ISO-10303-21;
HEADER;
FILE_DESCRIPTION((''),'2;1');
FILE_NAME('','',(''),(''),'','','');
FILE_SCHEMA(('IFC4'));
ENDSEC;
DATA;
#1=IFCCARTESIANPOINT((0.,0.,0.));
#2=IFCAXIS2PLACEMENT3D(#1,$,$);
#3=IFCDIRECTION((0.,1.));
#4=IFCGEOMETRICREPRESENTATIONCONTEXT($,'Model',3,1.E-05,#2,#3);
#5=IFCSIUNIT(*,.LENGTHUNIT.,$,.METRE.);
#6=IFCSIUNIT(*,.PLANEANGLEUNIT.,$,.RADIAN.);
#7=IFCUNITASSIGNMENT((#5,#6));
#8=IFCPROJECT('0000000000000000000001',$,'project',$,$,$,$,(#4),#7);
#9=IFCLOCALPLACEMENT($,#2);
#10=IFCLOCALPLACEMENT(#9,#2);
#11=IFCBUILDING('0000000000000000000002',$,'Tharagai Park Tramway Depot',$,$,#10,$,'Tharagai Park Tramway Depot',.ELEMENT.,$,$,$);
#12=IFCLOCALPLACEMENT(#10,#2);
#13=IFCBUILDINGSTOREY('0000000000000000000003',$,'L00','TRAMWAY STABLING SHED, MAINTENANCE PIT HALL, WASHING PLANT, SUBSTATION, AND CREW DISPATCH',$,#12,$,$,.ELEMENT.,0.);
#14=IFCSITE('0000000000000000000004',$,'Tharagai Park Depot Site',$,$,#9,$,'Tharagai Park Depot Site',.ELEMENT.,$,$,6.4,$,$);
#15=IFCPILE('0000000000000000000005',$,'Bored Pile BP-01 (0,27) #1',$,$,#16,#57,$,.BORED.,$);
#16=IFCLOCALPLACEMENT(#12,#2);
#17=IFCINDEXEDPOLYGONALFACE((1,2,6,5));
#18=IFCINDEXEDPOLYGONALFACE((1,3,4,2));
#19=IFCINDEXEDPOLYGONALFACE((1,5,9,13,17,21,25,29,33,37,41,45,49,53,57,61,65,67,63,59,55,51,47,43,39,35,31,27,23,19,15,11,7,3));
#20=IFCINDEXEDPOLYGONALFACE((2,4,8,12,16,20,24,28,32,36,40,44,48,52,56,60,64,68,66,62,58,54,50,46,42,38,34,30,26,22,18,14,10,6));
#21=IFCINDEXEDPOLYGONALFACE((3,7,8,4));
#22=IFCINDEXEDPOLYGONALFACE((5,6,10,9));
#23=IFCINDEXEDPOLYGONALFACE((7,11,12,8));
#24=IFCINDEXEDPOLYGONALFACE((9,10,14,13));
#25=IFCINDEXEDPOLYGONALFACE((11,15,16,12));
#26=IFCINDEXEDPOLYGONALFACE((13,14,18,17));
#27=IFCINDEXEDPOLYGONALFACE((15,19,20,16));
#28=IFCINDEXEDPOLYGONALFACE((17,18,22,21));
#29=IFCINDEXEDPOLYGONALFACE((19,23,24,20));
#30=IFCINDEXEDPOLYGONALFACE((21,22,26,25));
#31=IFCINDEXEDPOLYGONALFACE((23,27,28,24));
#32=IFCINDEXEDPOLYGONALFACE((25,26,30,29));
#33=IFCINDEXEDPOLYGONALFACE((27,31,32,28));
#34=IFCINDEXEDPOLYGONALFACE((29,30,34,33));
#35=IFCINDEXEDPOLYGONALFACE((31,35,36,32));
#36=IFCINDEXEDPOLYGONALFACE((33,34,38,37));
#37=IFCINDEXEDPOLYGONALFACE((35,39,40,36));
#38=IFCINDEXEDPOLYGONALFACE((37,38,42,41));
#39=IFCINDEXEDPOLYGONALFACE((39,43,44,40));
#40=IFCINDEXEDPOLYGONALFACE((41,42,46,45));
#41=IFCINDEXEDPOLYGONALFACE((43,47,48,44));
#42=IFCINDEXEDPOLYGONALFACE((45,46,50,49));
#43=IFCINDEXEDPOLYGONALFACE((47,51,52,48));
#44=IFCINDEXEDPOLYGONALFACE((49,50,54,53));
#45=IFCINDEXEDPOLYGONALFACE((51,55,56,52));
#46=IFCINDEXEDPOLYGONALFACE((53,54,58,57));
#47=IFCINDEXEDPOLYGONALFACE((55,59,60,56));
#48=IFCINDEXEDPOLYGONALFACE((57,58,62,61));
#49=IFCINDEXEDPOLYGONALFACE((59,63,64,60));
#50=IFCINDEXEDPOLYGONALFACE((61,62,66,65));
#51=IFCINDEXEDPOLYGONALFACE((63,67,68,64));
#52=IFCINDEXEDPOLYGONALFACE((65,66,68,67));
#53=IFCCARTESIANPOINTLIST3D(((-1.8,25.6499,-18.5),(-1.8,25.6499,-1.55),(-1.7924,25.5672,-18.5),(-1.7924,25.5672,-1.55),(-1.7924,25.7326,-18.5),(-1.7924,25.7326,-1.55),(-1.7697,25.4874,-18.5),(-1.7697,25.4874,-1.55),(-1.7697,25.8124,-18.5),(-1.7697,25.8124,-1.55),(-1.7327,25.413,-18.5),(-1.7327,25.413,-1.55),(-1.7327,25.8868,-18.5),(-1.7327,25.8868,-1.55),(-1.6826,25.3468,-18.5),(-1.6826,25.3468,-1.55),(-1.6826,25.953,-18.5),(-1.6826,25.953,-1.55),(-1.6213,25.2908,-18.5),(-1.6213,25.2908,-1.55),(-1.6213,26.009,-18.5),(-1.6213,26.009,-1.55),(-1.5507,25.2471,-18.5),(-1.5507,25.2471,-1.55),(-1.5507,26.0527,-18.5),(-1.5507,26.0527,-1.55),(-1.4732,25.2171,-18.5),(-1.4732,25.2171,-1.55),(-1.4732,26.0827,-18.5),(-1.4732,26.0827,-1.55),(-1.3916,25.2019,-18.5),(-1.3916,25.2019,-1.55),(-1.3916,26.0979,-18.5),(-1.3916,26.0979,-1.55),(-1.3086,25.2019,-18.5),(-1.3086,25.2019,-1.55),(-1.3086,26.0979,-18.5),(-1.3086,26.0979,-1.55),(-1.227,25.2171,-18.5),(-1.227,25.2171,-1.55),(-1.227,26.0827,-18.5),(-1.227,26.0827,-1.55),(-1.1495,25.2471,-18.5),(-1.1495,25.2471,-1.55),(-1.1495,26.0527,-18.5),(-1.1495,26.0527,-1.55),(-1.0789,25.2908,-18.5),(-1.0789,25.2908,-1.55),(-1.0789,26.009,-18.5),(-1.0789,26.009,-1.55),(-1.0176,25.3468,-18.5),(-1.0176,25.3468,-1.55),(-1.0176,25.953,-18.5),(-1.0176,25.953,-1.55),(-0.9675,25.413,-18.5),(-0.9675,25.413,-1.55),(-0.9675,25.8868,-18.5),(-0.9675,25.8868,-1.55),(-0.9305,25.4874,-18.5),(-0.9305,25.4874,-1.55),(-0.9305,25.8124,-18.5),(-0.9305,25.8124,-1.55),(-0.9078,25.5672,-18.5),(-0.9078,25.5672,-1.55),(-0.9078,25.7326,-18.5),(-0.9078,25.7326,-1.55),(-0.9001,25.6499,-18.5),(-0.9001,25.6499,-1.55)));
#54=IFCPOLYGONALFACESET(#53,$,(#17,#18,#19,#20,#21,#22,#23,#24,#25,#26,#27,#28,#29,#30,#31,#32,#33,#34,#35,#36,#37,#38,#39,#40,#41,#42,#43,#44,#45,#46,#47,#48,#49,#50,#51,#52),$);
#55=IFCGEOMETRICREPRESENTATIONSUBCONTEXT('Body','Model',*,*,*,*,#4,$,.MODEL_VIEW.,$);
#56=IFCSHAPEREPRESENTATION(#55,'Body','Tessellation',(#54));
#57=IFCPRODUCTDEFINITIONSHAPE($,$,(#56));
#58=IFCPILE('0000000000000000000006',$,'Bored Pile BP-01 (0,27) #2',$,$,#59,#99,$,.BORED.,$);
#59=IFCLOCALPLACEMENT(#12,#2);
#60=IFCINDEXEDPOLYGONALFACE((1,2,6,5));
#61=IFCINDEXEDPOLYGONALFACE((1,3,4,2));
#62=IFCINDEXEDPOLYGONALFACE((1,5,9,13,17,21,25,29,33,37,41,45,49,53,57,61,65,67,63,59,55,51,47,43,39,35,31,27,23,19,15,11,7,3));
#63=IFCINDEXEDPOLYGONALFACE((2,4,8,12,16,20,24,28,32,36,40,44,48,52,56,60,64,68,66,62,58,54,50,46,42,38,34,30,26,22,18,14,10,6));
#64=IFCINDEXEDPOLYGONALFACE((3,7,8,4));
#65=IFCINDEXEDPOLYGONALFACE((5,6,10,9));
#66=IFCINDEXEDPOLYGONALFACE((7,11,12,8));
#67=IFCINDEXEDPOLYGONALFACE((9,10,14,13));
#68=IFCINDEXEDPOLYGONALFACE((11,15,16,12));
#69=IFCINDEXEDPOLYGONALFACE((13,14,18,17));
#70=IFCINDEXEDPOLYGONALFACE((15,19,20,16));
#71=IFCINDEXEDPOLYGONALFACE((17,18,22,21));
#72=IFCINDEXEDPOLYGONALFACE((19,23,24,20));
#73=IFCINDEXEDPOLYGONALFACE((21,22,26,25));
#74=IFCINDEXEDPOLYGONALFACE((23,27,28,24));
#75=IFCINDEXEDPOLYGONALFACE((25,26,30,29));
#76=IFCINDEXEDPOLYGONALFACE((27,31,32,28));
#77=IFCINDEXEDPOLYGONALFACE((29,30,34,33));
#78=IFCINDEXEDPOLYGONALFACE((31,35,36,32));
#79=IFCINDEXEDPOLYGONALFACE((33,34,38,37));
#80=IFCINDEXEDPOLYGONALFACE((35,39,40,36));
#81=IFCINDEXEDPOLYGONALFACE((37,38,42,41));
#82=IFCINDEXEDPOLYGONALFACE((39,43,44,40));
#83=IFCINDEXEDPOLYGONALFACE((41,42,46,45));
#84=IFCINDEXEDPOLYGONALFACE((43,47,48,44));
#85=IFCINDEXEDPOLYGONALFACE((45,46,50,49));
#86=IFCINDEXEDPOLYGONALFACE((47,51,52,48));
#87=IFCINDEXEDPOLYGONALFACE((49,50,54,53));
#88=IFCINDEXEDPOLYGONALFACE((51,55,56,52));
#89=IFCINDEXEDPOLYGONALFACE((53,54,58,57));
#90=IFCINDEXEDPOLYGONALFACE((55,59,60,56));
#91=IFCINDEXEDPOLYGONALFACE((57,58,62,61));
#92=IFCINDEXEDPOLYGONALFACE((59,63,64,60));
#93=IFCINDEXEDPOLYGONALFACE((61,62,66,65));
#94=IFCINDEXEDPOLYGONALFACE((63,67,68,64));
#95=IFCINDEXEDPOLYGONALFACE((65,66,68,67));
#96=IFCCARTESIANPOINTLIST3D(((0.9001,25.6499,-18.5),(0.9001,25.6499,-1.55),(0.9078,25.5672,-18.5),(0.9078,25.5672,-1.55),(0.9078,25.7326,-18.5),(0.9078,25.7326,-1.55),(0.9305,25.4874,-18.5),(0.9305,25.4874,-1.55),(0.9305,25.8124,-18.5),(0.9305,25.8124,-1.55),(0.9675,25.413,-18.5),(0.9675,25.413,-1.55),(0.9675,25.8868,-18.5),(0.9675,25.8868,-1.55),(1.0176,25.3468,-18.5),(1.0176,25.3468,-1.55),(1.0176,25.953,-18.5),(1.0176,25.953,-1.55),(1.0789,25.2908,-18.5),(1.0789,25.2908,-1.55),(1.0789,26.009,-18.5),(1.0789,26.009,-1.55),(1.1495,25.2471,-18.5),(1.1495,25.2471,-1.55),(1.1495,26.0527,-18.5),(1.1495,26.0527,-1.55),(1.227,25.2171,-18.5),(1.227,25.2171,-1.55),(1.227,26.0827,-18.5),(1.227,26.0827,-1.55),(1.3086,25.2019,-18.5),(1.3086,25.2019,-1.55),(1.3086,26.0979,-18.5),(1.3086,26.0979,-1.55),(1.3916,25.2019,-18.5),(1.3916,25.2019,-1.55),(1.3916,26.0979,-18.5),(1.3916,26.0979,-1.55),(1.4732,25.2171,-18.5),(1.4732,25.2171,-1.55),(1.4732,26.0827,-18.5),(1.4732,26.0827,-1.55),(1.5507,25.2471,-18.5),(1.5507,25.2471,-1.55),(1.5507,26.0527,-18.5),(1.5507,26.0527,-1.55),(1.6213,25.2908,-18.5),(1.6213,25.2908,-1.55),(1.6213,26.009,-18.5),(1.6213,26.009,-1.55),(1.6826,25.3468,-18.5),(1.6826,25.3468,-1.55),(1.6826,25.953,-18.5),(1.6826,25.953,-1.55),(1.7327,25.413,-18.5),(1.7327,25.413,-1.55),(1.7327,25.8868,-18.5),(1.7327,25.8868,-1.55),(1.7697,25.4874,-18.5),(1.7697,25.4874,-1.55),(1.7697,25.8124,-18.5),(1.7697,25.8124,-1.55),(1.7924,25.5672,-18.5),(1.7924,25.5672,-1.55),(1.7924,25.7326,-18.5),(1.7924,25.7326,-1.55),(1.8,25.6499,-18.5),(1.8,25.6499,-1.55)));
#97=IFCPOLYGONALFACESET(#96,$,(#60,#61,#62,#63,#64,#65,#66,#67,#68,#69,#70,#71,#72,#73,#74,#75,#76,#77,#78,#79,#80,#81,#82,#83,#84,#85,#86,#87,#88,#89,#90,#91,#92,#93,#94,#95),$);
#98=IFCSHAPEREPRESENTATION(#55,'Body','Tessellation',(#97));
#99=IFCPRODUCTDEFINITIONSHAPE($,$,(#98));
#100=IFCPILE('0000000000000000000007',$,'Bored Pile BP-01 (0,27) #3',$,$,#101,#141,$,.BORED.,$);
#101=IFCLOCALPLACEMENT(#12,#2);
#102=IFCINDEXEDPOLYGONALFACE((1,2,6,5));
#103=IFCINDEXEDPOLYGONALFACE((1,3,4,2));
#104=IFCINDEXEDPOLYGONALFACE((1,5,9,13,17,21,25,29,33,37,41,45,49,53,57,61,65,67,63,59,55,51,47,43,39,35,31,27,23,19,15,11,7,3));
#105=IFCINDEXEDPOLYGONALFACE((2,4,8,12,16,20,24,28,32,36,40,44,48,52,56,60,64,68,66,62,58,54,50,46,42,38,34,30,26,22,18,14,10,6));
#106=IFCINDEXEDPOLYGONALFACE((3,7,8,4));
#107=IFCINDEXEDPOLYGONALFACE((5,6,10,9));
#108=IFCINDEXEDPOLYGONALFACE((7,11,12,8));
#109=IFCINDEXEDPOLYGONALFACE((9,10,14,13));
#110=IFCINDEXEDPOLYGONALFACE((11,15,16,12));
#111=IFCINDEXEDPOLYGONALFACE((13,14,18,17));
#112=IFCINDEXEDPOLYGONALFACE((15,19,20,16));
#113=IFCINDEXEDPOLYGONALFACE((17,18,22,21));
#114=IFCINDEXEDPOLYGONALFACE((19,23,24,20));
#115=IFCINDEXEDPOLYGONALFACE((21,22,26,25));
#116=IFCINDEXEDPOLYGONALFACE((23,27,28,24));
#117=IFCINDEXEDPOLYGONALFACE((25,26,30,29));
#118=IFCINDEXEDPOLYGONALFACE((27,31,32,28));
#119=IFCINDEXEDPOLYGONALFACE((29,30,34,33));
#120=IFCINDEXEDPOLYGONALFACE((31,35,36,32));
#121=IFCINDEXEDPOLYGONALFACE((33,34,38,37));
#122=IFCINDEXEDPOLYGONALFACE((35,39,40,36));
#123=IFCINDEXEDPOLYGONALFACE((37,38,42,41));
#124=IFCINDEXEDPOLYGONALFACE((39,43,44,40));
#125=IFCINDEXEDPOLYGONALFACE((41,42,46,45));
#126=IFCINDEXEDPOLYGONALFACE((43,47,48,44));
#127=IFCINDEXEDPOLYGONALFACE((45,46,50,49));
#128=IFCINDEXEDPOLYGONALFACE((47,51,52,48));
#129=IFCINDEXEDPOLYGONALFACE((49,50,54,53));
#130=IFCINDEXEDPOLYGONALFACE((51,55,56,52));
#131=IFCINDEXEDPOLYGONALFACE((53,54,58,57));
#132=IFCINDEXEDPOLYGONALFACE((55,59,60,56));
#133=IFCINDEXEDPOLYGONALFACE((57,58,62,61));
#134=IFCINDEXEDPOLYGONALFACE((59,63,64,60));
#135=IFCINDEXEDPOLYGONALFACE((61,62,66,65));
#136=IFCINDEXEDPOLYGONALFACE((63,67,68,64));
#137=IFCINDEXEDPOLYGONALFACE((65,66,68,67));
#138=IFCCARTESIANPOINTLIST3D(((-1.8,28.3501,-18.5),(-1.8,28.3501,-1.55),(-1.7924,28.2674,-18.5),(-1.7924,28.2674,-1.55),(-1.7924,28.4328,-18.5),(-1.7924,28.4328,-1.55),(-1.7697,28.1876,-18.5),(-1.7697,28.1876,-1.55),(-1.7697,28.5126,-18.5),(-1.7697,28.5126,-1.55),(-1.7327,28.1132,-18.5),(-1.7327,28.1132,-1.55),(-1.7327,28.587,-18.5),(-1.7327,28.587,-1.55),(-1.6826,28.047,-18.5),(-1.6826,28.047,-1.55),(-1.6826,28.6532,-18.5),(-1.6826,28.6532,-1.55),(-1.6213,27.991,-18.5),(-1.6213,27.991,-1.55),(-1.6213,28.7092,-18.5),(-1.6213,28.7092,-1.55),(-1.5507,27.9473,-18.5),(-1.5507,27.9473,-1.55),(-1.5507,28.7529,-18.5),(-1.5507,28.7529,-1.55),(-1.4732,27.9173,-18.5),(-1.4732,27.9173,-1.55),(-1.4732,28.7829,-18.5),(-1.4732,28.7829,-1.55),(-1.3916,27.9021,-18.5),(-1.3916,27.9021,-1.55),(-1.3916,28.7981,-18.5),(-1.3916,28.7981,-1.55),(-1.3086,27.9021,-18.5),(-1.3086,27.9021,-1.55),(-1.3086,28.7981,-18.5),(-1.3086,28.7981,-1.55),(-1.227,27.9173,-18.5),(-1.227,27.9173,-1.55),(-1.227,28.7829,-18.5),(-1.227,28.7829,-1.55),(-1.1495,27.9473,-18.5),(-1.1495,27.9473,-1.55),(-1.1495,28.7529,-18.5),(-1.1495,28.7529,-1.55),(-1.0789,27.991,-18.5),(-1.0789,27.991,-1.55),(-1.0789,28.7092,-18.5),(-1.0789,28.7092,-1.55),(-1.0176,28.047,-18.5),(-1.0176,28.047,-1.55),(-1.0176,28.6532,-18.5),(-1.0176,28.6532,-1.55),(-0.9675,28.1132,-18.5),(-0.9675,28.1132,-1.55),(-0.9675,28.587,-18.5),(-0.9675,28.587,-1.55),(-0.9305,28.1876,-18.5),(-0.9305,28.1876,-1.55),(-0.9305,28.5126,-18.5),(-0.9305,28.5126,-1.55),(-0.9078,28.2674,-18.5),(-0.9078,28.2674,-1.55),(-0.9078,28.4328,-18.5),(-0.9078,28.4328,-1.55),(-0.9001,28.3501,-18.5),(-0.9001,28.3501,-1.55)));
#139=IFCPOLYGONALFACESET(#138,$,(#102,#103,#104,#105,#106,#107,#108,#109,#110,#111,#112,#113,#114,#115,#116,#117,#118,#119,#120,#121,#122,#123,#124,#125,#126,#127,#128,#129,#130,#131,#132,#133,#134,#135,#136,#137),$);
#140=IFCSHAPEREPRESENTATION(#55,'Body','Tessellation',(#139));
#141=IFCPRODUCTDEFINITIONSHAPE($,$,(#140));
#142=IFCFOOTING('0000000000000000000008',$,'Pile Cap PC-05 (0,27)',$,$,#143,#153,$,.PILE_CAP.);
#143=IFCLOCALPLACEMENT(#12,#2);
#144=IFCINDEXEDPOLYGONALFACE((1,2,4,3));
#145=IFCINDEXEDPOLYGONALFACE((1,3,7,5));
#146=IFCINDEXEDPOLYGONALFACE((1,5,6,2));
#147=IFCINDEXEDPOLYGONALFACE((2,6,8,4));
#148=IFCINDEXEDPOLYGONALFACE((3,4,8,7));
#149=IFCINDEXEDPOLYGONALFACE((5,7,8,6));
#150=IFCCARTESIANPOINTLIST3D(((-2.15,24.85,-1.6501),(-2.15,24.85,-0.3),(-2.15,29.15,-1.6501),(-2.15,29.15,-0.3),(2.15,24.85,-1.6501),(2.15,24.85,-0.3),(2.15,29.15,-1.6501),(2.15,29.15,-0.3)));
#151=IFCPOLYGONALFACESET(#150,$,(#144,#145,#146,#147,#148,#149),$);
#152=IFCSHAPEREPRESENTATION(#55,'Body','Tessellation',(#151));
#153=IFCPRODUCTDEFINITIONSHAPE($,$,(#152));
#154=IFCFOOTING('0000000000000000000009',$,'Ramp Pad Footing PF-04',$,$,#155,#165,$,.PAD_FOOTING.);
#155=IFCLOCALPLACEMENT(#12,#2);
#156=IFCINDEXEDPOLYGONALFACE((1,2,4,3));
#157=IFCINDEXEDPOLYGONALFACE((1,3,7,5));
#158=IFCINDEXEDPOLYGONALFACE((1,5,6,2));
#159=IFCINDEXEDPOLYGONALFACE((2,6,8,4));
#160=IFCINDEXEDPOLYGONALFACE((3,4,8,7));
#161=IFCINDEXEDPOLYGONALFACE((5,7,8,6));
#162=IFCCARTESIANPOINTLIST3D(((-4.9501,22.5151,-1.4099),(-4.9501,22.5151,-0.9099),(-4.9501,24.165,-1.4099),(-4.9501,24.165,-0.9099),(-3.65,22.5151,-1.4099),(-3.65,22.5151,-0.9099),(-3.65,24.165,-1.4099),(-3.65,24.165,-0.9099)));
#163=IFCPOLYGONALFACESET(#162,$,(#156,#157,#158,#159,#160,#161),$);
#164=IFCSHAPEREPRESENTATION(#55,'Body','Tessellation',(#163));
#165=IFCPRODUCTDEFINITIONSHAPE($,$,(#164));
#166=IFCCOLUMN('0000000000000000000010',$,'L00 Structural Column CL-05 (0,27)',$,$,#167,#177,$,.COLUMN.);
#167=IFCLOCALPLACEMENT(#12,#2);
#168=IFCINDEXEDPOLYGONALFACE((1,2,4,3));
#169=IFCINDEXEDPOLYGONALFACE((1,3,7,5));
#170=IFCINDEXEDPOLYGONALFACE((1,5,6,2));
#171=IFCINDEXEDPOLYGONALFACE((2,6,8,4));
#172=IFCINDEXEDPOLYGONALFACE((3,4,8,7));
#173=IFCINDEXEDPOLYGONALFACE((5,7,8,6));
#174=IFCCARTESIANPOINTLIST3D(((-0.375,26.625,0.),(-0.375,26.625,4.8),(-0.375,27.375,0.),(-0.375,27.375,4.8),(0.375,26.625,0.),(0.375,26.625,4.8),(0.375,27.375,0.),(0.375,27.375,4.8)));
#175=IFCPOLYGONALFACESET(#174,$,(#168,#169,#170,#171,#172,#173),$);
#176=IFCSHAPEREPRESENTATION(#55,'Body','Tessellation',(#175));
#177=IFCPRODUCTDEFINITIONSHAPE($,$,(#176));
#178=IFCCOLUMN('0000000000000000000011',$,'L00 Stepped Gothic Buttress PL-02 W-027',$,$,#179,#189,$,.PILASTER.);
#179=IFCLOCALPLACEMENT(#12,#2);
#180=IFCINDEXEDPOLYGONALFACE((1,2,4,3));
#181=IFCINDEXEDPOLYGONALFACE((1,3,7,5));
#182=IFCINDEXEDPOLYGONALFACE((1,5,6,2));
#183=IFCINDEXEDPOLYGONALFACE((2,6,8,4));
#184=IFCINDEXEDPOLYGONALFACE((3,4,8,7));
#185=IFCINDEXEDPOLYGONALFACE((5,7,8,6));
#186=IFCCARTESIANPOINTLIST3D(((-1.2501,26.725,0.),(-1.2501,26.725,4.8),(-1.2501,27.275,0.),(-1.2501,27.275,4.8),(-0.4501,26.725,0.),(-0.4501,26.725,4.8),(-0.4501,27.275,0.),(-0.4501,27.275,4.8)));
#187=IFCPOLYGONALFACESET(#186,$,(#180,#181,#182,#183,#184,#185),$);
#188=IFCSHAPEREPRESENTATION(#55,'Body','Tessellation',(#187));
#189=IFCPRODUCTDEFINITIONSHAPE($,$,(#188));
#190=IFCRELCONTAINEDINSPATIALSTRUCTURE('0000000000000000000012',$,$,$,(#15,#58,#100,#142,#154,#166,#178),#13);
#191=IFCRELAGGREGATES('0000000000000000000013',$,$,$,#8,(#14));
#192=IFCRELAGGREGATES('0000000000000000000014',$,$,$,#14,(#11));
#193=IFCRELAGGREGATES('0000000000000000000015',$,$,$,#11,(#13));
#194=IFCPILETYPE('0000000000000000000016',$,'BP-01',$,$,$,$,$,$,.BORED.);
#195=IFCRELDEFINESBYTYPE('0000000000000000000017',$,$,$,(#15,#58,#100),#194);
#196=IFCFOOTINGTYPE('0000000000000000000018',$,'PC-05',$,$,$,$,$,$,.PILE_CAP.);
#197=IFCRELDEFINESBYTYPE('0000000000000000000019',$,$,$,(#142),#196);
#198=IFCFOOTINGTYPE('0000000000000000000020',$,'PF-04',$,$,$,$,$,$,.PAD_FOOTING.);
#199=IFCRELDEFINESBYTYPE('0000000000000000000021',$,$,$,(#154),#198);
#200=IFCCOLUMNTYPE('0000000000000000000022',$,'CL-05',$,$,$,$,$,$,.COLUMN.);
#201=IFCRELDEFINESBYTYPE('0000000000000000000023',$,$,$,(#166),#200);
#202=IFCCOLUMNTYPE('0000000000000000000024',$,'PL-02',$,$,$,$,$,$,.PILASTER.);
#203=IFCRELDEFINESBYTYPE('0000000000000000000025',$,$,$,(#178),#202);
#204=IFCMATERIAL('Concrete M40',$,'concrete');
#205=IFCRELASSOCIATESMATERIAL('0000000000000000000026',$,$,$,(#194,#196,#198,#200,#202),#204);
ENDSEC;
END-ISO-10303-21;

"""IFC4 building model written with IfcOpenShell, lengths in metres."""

from ifc_helpers import new_model, si_unit, direction, frame, origin, origin_2d, place, context, subcontext, project, spatial, rectangle, circle, extrude, material, material_profile, profile_set, type_object, element, save


model = new_model("IFC4")

# Units and contexts
model_context = context("Model", 3, precision=1e-05, world=origin(), true_north=direction((0.0, 1.0)))
body_context = subcontext(model_context, "Body", "Model", "MODEL_VIEW")
ifc_project = project(units=[si_unit("LENGTHUNIT", "METRE"), si_unit("PLANEANGLEUNIT", "RADIAN")], contexts=[model_context])

# Site, building, storey
site_placement = place(None, origin())
site = spatial("IfcSite", under=ifc_project, at=site_placement, Name="Tharagai Park Depot Site", LongName="Tharagai Park Depot Site", CompositionType="ELEMENT", RefElevation=6.4)
building_placement = place(site_placement, origin())
building = spatial("IfcBuilding", under=site, at=building_placement, Name="Tharagai Park Tramway Depot", LongName="Tharagai Park Tramway Depot", CompositionType="ELEMENT")
storey_placement = place(building_placement, origin())
storey = spatial("IfcBuildingStorey", under=building, at=storey_placement, Name="L00", Description="TRAMWAY STABLING SHED, MAINTENANCE PIT HALL, WASHING PLANT, SUBSTATION, AND CREW DISPATCH", CompositionType="ELEMENT", Elevation=0.0)

# Piles
ifc_material_1 = material(Name="Concrete M40", Category="concrete")
ifc_material_profile_1 = material_profile(ifc_material_1, circle(Radius=0.45, at=origin_2d()), Name="PILE D900")
ifc_profile_set_1 = profile_set([ifc_material_profile_1], Name="Concrete M40")
pile_type = type_object("IfcPileType", Name="BP-01", PredefinedType="BORED", material=ifc_profile_set_1)
for number, where, z_axis, x_axis, name in (
    (1, (-1.3501, 25.6499, -1.55), (0.0, 0.0, -1.0), (1.0, 0.0, 0.0), "Bored Pile BP-01 (0,27) #1"),
    (2, (1.3501, 25.6499, -1.55), (0.0, 0.0, -1.0), (1.0, 0.0, 0.0), "Bored Pile BP-01 (0,27) #2"),
    (3, (-1.3501, 28.3501, -1.55), (0.0, 0.0, -1.0), (1.0, 0.0, 0.0), "Bored Pile BP-01 (0,27) #3"),
):
    element("IfcPile", number, at=place(storey_placement, frame(where, z_axis=z_axis, x_axis=x_axis)), inside=storey, type_object=pile_type, Name=name, PredefinedType="BORED", context=body_context, shape_type="SweptSolid", body=[
        extrude(circle(Radius=0.45, at=origin_2d()), origin(), (0.0, 0.0, 1.0), 16.95),
    ])

# Footings
footing_type_1 = type_object("IfcFootingType", Name="PC-05", PredefinedType="PILE_CAP", material=ifc_material_1)
footing_1_placement = place(storey_placement, frame((0.0, 27.0, -1.6501), z_axis=(0.0, 0.0, 1.0), x_axis=(1.0, 0.0, 0.0)))
element("IfcFooting", 4, at=footing_1_placement, inside=storey, type_object=footing_type_1, Name="Pile Cap PC-05 (0,27)", PredefinedType="PILE_CAP", context=body_context, shape_type="SweptSolid", body=[
    extrude(rectangle(XDim=4.3, YDim=4.3, at=origin_2d()), origin(), (0.0, 0.0, 1.0), 1.3501),
])
footing_type_2 = type_object("IfcFootingType", Name="PF-04", PredefinedType="PAD_FOOTING", material=ifc_material_1)
footing_2_placement = place(storey_placement, frame((-4.3, 23.3401, -1.4099), z_axis=(0.0, 0.0, 1.0), x_axis=(1.0, 0.0, 0.0)))
element("IfcFooting", 5, at=footing_2_placement, inside=storey, type_object=footing_type_2, Name="Ramp Pad Footing PF-04", PredefinedType="PAD_FOOTING", context=body_context, shape_type="SweptSolid", body=[
    extrude(rectangle(XDim=1.3, YDim=1.6499, at=origin_2d()), origin(), (0.0, 0.0, 1.0), 0.5),
])

# Columns
ifc_material_profile_2 = material_profile(ifc_material_1, rectangle(XDim=0.75, YDim=0.75, at=origin_2d()), Name="RC 750x750")
ifc_profile_set_2 = profile_set([ifc_material_profile_2], Name="Concrete M40")
column_type_1 = type_object("IfcColumnType", Name="CL-05", PredefinedType="COLUMN", material=ifc_profile_set_2)
column_1_placement = place(storey_placement, frame((0.0, 27.0, 0.0), z_axis=(0.0, 0.0, 1.0), x_axis=(1.0, 0.0, 0.0)))
element("IfcColumn", 6, at=column_1_placement, inside=storey, type_object=column_type_1, Name="L00 Structural Column CL-05 (0,27)", PredefinedType="COLUMN", context=body_context, shape_type="SweptSolid", body=[
    extrude(rectangle(XDim=0.75, YDim=0.75, at=origin_2d()), origin(), (0.0, 0.0, 1.0), 4.8),
])
ifc_material_profile_3 = material_profile(ifc_material_1, rectangle(XDim=0.55, YDim=0.8, at=origin_2d()), Name="RC 550x800")
ifc_profile_set_3 = profile_set([ifc_material_profile_3], Name="Concrete M40")
column_type_2 = type_object("IfcColumnType", Name="PL-02", PredefinedType="PILASTER", material=ifc_profile_set_3)
column_2_placement = place(storey_placement, frame((-0.8501, 27.0, 0.0), z_axis=(0.0, 0.0, 1.0), x_axis=(0.0, 1.0, 0.0)))
element("IfcColumn", 7, at=column_2_placement, inside=storey, type_object=column_type_2, Name="L00 Stepped Gothic Buttress PL-02 W-027", PredefinedType="PILASTER", context=body_context, shape_type="SweptSolid", body=[
    extrude(rectangle(XDim=0.55, YDim=0.8, at=origin_2d()), origin(), (0.0, 0.0, 1.0), 4.8),
])

save(model, "model.ifc")
